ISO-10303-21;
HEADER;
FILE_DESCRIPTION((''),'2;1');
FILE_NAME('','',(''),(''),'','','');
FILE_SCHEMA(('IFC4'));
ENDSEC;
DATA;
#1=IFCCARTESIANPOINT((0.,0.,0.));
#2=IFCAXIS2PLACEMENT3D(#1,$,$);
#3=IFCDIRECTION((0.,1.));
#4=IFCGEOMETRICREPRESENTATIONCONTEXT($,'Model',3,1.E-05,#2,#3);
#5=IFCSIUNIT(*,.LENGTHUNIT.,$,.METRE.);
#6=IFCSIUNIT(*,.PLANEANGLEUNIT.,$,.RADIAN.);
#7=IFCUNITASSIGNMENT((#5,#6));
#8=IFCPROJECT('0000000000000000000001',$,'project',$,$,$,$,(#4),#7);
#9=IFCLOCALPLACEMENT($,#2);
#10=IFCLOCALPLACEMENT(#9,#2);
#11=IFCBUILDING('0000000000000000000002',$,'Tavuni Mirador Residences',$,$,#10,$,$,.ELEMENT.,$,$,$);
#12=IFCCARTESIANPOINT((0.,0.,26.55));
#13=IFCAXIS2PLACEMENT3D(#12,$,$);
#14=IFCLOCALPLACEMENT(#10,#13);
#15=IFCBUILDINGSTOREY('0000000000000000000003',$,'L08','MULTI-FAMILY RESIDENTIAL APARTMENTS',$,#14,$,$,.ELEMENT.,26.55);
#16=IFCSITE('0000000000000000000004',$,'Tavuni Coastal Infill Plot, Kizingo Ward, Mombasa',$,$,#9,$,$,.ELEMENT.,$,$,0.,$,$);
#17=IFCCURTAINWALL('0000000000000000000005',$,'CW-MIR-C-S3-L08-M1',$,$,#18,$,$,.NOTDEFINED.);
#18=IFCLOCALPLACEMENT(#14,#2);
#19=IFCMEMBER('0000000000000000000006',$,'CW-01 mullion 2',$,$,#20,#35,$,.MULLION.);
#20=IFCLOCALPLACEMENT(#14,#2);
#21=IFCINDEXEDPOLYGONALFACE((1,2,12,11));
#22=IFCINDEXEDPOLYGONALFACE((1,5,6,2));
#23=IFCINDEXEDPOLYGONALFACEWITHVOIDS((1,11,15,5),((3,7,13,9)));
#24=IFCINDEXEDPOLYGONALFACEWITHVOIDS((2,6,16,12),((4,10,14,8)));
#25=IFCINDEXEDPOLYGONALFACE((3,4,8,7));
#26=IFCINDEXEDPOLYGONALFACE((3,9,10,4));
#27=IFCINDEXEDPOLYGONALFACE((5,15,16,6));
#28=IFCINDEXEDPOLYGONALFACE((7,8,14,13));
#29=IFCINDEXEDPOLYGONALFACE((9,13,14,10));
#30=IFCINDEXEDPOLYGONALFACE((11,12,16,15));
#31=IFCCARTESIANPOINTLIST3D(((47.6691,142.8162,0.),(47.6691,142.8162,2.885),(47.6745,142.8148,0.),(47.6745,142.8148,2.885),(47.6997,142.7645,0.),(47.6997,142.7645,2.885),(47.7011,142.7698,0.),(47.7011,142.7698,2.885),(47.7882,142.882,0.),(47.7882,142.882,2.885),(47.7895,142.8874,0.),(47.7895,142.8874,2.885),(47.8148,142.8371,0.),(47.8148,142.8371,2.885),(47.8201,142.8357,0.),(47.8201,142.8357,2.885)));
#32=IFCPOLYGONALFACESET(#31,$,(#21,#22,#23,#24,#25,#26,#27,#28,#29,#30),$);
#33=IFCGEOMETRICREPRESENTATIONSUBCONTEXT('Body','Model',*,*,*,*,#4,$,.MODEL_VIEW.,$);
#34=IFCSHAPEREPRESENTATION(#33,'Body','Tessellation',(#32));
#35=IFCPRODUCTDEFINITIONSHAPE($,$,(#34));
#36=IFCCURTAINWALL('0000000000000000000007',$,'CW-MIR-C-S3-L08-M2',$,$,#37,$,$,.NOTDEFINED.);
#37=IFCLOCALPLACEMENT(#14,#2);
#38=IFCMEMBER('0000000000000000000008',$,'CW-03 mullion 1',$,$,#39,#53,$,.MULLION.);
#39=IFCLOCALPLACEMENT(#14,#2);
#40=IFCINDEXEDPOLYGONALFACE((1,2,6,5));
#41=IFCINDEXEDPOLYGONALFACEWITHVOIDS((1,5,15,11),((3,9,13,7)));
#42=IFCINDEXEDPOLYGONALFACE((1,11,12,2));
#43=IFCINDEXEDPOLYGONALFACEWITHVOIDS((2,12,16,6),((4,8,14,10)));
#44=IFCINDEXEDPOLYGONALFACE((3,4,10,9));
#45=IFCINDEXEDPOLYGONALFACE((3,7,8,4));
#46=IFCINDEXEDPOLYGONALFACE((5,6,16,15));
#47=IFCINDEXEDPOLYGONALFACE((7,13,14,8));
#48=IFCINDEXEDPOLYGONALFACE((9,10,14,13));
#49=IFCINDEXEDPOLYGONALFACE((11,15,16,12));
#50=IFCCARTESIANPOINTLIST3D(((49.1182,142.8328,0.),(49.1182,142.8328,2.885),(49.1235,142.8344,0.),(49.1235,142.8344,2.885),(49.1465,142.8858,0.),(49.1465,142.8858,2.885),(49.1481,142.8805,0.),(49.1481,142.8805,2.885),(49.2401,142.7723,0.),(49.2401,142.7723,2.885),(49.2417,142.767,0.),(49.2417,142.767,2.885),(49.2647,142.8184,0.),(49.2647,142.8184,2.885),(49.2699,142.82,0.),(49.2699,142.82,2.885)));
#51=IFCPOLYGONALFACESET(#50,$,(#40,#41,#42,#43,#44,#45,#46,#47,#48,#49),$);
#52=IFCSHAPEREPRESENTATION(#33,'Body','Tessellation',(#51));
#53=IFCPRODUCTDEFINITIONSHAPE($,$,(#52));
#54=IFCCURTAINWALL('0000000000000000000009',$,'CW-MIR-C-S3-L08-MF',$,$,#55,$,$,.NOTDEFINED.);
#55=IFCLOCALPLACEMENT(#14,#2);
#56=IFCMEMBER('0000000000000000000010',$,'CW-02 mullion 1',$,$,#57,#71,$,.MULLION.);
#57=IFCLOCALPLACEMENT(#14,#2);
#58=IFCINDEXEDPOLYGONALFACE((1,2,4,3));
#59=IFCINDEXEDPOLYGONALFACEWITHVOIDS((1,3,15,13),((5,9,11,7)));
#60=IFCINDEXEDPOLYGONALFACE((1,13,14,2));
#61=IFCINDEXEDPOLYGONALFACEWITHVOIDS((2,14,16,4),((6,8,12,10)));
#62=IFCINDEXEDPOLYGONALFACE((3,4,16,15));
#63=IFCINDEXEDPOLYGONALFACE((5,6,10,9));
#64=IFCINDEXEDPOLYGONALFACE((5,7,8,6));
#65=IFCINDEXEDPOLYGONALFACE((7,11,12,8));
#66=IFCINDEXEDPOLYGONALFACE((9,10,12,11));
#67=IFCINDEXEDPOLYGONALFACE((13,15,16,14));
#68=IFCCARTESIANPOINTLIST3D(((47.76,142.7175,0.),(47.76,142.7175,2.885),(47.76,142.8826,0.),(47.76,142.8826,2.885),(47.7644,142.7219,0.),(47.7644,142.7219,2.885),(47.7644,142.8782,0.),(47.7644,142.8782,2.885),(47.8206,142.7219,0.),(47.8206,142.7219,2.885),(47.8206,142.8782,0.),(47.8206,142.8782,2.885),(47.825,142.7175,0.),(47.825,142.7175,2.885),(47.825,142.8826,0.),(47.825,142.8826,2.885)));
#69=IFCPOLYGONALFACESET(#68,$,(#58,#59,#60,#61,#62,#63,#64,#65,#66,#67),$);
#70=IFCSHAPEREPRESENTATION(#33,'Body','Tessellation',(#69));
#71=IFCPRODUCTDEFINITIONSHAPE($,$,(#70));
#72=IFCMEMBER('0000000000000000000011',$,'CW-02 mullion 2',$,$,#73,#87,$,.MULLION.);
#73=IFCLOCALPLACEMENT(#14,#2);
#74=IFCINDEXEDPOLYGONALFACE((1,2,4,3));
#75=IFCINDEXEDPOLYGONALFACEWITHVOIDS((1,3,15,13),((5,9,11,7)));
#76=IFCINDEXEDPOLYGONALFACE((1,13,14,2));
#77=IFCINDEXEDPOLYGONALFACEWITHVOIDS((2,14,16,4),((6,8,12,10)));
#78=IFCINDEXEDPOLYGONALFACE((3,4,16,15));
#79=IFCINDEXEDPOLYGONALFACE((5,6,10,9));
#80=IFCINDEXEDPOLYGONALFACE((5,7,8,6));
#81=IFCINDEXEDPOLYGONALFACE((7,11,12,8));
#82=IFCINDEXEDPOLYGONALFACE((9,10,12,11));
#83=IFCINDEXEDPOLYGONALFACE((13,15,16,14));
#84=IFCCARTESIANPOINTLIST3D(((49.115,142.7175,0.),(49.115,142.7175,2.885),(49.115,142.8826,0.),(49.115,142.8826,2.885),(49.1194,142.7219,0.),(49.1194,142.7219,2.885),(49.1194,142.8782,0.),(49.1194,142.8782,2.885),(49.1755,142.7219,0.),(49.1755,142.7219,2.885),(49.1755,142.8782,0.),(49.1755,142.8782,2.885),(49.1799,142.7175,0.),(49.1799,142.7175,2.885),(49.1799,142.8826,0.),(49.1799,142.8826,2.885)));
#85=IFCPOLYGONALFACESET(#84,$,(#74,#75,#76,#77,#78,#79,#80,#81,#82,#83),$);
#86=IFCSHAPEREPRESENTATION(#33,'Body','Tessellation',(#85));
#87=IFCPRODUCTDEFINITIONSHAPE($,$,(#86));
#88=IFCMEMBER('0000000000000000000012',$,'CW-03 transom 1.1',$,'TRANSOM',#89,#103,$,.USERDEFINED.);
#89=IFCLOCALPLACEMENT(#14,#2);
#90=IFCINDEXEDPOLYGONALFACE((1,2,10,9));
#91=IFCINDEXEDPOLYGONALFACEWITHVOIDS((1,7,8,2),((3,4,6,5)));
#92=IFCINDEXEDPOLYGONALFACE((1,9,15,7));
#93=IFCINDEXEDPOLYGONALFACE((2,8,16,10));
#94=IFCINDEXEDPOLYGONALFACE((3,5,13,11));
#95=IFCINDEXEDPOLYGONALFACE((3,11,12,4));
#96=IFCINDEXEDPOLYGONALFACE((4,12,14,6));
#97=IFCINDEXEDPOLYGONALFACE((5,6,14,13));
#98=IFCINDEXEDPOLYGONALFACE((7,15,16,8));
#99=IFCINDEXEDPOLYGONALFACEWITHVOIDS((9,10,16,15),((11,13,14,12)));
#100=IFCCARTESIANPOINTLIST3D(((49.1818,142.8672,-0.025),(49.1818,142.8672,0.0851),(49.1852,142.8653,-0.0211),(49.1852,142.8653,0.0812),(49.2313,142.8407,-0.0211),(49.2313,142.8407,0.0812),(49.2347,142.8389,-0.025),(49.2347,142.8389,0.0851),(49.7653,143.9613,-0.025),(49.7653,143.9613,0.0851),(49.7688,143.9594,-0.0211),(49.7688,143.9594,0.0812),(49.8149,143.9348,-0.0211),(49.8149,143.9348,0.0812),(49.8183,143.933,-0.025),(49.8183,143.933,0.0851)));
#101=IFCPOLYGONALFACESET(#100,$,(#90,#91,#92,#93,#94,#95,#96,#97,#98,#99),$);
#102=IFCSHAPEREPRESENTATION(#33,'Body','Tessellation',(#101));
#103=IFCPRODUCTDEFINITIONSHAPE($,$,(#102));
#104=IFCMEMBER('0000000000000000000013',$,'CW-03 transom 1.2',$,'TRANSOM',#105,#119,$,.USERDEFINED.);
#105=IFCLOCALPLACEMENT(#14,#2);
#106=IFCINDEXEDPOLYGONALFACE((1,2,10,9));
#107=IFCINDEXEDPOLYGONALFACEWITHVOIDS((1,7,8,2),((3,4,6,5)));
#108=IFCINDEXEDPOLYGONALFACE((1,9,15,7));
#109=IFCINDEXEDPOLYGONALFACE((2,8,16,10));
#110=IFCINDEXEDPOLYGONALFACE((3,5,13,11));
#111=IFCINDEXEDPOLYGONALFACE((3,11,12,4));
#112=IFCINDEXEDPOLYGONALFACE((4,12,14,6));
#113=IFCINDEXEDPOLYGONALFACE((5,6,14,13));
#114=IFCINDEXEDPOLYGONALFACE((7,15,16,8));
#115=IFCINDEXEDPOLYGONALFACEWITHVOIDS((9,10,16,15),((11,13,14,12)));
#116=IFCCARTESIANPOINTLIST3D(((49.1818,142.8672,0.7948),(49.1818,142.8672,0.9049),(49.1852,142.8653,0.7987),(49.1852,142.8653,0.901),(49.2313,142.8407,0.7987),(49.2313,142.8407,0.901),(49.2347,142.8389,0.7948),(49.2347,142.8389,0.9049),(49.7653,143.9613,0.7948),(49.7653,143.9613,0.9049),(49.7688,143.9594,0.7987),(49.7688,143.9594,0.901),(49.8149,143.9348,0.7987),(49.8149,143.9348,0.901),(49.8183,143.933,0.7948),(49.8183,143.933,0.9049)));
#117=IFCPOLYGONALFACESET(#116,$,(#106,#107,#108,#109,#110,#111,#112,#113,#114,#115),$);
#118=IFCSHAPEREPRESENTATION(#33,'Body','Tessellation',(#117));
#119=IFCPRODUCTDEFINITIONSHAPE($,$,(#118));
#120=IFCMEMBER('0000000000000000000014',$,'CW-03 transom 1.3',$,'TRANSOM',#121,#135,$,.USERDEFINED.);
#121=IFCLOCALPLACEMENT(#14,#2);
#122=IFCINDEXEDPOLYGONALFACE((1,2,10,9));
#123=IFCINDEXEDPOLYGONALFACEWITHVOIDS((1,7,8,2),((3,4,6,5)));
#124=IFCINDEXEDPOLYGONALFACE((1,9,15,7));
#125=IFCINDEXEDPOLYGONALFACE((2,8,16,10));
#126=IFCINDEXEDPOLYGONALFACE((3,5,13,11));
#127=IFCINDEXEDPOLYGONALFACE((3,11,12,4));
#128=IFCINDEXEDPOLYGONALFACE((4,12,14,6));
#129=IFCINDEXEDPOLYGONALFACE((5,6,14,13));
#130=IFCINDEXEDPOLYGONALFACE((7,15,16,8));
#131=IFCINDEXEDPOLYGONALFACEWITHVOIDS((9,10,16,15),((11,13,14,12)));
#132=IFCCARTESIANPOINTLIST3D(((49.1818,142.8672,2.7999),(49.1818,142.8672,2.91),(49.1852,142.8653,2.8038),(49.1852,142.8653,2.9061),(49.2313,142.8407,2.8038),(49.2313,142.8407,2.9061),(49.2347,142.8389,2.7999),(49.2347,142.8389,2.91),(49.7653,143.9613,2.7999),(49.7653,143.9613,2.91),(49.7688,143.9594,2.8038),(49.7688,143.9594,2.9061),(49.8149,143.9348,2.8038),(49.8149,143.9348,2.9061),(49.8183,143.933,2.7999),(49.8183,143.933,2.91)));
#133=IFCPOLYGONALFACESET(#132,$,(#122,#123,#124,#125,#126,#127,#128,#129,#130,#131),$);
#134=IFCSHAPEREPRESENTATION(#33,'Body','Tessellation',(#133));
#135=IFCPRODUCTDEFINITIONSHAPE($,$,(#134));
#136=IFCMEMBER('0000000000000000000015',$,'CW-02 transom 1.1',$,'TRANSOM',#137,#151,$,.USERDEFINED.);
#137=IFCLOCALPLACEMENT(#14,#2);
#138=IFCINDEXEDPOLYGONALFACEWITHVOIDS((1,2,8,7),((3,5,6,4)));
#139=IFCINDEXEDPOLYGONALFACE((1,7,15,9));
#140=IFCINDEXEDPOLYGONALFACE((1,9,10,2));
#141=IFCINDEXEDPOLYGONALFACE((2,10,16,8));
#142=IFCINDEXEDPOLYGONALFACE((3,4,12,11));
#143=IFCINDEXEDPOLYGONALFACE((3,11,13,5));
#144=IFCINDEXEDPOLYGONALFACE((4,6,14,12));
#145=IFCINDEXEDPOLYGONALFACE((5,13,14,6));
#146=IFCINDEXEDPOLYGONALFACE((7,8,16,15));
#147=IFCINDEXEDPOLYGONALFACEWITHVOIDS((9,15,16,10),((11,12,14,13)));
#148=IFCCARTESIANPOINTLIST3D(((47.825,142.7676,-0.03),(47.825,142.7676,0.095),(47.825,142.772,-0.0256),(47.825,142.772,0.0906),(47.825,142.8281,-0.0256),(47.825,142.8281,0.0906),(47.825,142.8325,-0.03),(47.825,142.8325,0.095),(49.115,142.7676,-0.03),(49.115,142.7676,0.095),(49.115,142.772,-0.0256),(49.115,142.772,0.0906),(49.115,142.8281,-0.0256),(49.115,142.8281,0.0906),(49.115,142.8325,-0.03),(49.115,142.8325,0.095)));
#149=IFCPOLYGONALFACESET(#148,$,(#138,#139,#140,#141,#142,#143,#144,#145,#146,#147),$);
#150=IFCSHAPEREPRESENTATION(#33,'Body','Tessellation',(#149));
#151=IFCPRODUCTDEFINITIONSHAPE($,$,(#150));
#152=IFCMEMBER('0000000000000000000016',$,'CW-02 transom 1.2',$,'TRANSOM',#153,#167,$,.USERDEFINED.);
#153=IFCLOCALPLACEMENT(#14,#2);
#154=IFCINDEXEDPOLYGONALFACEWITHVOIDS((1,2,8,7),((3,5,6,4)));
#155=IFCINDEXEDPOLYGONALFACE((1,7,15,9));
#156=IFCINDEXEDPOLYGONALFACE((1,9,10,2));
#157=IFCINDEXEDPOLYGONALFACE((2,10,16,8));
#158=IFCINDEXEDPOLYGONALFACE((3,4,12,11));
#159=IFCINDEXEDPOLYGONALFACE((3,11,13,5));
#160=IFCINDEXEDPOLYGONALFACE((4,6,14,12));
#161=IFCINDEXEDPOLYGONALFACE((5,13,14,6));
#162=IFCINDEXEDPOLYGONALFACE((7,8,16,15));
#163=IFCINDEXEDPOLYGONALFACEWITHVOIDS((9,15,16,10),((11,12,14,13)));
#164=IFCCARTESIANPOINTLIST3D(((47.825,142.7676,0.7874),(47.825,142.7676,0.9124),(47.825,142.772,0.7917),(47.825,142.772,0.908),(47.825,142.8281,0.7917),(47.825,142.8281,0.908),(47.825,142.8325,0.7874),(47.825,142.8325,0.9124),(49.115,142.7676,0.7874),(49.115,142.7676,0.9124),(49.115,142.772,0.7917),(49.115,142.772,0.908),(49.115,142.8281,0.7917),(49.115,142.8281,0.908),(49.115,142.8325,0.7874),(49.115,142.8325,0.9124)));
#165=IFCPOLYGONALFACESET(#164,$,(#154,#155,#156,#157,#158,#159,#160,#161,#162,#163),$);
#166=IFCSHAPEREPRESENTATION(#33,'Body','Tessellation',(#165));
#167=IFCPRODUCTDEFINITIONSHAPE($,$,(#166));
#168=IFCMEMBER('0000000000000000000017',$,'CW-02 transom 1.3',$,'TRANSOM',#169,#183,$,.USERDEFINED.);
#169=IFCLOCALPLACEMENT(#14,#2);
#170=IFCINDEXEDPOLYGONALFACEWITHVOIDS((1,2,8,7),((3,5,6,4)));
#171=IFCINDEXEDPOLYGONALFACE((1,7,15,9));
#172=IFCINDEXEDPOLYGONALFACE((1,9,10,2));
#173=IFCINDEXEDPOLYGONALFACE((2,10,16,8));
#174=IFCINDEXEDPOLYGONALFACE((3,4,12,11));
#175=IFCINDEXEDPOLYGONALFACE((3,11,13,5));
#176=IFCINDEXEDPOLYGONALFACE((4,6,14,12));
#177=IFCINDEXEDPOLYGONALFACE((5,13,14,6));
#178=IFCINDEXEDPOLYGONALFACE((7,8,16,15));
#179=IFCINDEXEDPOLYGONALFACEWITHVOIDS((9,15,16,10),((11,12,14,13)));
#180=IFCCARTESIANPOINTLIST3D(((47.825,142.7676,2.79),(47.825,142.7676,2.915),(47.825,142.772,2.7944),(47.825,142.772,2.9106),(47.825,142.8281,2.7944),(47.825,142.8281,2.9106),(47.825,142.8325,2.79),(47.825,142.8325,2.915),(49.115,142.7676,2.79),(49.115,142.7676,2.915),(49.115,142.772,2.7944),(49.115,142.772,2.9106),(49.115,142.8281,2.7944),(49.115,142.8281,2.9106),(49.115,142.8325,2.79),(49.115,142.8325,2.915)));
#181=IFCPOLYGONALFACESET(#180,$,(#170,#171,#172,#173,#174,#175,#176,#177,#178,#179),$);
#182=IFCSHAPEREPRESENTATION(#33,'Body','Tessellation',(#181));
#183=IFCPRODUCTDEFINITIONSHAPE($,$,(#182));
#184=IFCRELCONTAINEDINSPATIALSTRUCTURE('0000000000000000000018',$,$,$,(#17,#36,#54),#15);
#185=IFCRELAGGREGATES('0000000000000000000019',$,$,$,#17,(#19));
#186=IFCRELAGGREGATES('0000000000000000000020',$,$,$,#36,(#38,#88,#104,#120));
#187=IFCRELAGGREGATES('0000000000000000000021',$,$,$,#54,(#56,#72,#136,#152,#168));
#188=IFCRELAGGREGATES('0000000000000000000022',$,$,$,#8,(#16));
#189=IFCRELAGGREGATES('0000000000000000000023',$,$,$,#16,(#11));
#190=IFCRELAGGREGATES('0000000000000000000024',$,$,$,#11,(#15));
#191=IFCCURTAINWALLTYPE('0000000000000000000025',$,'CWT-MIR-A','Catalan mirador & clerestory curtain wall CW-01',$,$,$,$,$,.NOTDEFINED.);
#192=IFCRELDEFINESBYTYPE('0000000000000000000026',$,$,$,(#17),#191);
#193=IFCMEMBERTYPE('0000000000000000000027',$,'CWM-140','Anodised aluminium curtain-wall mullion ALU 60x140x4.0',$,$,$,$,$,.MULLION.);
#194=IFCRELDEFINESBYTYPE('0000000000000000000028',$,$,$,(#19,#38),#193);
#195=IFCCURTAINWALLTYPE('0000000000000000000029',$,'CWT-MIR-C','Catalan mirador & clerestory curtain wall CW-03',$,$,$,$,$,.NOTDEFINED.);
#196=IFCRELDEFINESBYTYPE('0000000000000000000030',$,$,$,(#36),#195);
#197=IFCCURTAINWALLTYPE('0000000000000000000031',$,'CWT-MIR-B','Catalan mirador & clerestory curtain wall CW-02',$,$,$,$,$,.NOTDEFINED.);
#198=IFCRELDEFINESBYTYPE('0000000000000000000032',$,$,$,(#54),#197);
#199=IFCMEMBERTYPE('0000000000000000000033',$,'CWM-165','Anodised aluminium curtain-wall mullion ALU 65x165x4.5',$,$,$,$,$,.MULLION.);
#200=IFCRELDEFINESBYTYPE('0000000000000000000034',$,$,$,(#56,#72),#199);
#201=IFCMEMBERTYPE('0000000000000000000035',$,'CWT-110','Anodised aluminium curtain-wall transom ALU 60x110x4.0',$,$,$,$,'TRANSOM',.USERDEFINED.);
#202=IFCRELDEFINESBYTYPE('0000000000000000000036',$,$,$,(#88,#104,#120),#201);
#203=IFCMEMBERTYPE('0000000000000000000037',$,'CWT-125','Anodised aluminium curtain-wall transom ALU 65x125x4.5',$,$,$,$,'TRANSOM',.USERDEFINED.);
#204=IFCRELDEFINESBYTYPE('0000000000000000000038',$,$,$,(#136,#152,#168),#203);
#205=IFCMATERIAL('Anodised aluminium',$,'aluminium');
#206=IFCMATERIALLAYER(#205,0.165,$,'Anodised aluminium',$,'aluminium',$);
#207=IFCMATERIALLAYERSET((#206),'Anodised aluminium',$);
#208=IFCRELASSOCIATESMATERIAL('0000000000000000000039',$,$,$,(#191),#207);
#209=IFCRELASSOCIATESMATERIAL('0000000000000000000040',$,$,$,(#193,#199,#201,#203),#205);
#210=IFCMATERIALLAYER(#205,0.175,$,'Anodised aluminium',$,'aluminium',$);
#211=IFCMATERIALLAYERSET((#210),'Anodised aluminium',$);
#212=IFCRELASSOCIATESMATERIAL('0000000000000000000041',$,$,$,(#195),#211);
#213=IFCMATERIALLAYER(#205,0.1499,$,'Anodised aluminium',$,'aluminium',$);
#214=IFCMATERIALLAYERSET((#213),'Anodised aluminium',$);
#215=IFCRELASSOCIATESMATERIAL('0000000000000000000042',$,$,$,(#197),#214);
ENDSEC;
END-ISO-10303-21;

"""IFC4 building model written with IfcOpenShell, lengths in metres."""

from ifc_helpers import new_model, si_unit, direction, frame, origin, origin_2d, place, context, subcontext, project, spatial, hollow_rectangle, extrude, material, layer, layer_set, material_profile, profile_set, type_object, element, aggregate, save


model = new_model("IFC4")

# Units and contexts
model_context = context("Model", 3, precision=1e-05, world=origin(), true_north=direction((0.0, 1.0)))
body_context = subcontext(model_context, "Body", "Model", "MODEL_VIEW")
ifc_project = project(units=[si_unit("LENGTHUNIT", "METRE"), si_unit("PLANEANGLEUNIT", "RADIAN")], contexts=[model_context])

# Site, building, storey
site_placement = place(None, origin())
site = spatial("IfcSite", under=ifc_project, at=site_placement, Name="Tavuni Coastal Infill Plot, Kizingo Ward, Mombasa", CompositionType="ELEMENT", RefElevation=0.0)
building_placement = place(site_placement, origin())
building = spatial("IfcBuilding", under=site, at=building_placement, Name="Tavuni Mirador Residences", CompositionType="ELEMENT")
storey_placement = place(building_placement, frame((0.0, 0.0, 26.55)))
storey = spatial("IfcBuildingStorey", under=building, at=storey_placement, Name="L08", Description="MULTI-FAMILY RESIDENTIAL APARTMENTS", CompositionType="ELEMENT", Elevation=26.55)

# Curtain walls, members
ifc_material_1 = material(Name="Anodised aluminium", Category="aluminium")
ifc_layer_1 = layer(ifc_material_1, 0.165, Name="Anodised aluminium", Category="aluminium")
ifc_layer_set_1 = layer_set([ifc_layer_1], Name="Anodised aluminium")
curtain_wall_type_1 = type_object("IfcCurtainWallType", Name="CWT-MIR-A", Description="Catalan mirador & clerestory curtain wall CW-01", PredefinedType="NOTDEFINED", material=ifc_layer_set_1)
curtain_wall_1_placement = place(storey_placement, origin())
curtain_wall_1 = element("IfcCurtainWall", 1, at=curtain_wall_1_placement, inside=storey, type_object=curtain_wall_type_1, Name="CW-MIR-C-S3-L08-M1", PredefinedType="NOTDEFINED")
ifc_material_profile_1 = material_profile(ifc_material_1, hollow_rectangle(XDim=0.0601, YDim=0.1399, WallThickness=0.0039, at=origin_2d()), Name="ALU 60x140x4.0", Category="aluminium")
ifc_profile_set_1 = profile_set([ifc_material_profile_1], Name="Anodised aluminium")
member_type_1 = type_object("IfcMemberType", Name="CWM-140", Description="Anodised aluminium curtain-wall mullion ALU 60x140x4.0", PredefinedType="MULLION", material=ifc_profile_set_1)
member_1_placement = place(storey_placement, frame((47.7446, 142.8259, 0.0), z_axis=(0.0, 0.0, 1.0), x_axis=(0.509212, -0.860641, 0.0)))
member_1 = element("IfcMember", 2, at=member_1_placement, type_object=member_type_1, Name="CW-01 mullion 2", PredefinedType="MULLION", context=body_context, shape_type="SweptSolid", body=[
    extrude(hollow_rectangle(XDim=0.0601, YDim=0.1399, WallThickness=0.0039, at=origin_2d()), origin(), (0.0, 0.0, 1.0), 2.885),
])
ifc_layer_2 = layer(ifc_material_1, 0.175, Name="Anodised aluminium", Category="aluminium")
ifc_layer_set_2 = layer_set([ifc_layer_2], Name="Anodised aluminium")
curtain_wall_type_2 = type_object("IfcCurtainWallType", Name="CWT-MIR-C", Description="Catalan mirador & clerestory curtain wall CW-03", PredefinedType="NOTDEFINED", material=ifc_layer_set_2)
curtain_wall_2_placement = place(storey_placement, origin())
curtain_wall_2 = element("IfcCurtainWall", 3, at=curtain_wall_2_placement, inside=storey, type_object=curtain_wall_type_2, Name="CW-MIR-C-S3-L08-M2", PredefinedType="NOTDEFINED")
member_2_placement = place(storey_placement, frame((49.1941, 142.8264, 0.0), z_axis=(0.0, 0.0, 1.0), x_axis=(0.470588, 0.882353, 0.0)))
member_2 = element("IfcMember", 4, at=member_2_placement, type_object=member_type_1, Name="CW-03 mullion 1", PredefinedType="MULLION", context=body_context, shape_type="SweptSolid", body=[
    extrude(hollow_rectangle(XDim=0.0601, YDim=0.1399, WallThickness=0.0039, at=origin_2d()), origin(), (0.0, 0.0, 1.0), 2.885),
])

# Curtain wall, members
ifc_layer_3 = layer(ifc_material_1, 0.1499, Name="Anodised aluminium", Category="aluminium")
ifc_layer_set_3 = layer_set([ifc_layer_3], Name="Anodised aluminium")
curtain_wall_type_3 = type_object("IfcCurtainWallType", Name="CWT-MIR-B", Description="Catalan mirador & clerestory curtain wall CW-02", PredefinedType="NOTDEFINED", material=ifc_layer_set_3)
curtain_wall_3_placement = place(storey_placement, origin())
curtain_wall_3 = element("IfcCurtainWall", 5, at=curtain_wall_3_placement, inside=storey, type_object=curtain_wall_type_3, Name="CW-MIR-C-S3-L08-MF", PredefinedType="NOTDEFINED")
ifc_material_profile_2 = material_profile(ifc_material_1, hollow_rectangle(XDim=0.0649, YDim=0.165, WallThickness=0.0044, at=origin_2d()), Name="ALU 65x165x4.5", Category="aluminium")
ifc_profile_set_2 = profile_set([ifc_material_profile_2], Name="Anodised aluminium")
member_type_2 = type_object("IfcMemberType", Name="CWM-165", Description="Anodised aluminium curtain-wall mullion ALU 65x165x4.5", PredefinedType="MULLION", material=ifc_profile_set_2)
member_3_placement = place(storey_placement, frame((47.7925, 142.8, 0.0), z_axis=(0.0, 0.0, 1.0), x_axis=(1.0, 0.0, 0.0)))
member_3 = element("IfcMember", 6, at=member_3_placement, type_object=member_type_2, Name="CW-02 mullion 1", PredefinedType="MULLION", context=body_context, shape_type="SweptSolid", body=[
    extrude(hollow_rectangle(XDim=0.0649, YDim=0.165, WallThickness=0.0044, at=origin_2d()), origin(), (0.0, 0.0, 1.0), 2.885),
])
member_4_placement = place(storey_placement, frame((49.1475, 142.8, 0.0), z_axis=(0.0, 0.0, 1.0), x_axis=(1.0, 0.0, 0.0)))
member_4 = element("IfcMember", 7, at=member_4_placement, type_object=member_type_2, Name="CW-02 mullion 2", PredefinedType="MULLION", context=body_context, shape_type="SweptSolid", body=[
    extrude(hollow_rectangle(XDim=0.0649, YDim=0.165, WallThickness=0.0044, at=origin_2d()), origin(), (0.0, 0.0, 1.0), 2.885),
])

# Members
ifc_material_profile_3 = material_profile(ifc_material_1, hollow_rectangle(XDim=0.0601, YDim=0.1101, WallThickness=0.0039, at=origin_2d()), Name="ALU 60x110x4.0", Category="aluminium")
ifc_profile_set_3 = profile_set([ifc_material_profile_3], Name="Anodised aluminium")
member_type_3 = type_object("IfcMemberType", Name="CWT-110", Description="Anodised aluminium curtain-wall transom ALU 60x110x4.0", ElementType="TRANSOM", PredefinedType="USERDEFINED", material=ifc_profile_set_3)
member_5_placement = place(storey_placement, frame((49.2083, 142.853, 0.03), z_axis=(0.470609, 0.882342, 0.0), x_axis=(-0.882342, 0.470609, 0.0)))
member_5 = element("IfcMember", 8, at=member_5_placement, type_object=member_type_3, Name="CW-03 transom 1.1", ObjectType="TRANSOM", PredefinedType="USERDEFINED", context=body_context, shape_type="SweptSolid", body=[
    extrude(hollow_rectangle(XDim=0.0601, YDim=0.1101, WallThickness=0.0039, at=origin_2d()), origin(), (0.0, 0.0, 1.0), 1.24),
])
member_6_placement = place(storey_placement, frame((49.2083, 142.853, 0.8499), z_axis=(0.470609, 0.882342, 0.0), x_axis=(-0.882342, 0.470609, 0.0)))
member_6 = element("IfcMember", 9, at=member_6_placement, type_object=member_type_3, Name="CW-03 transom 1.2", ObjectType="TRANSOM", PredefinedType="USERDEFINED", context=body_context, shape_type="SweptSolid", body=[
    extrude(hollow_rectangle(XDim=0.0601, YDim=0.1101, WallThickness=0.0039, at=origin_2d()), origin(), (0.0, 0.0, 1.0), 1.24),
])
member_7_placement = place(storey_placement, frame((49.2083, 142.853, 2.855), z_axis=(0.470609, 0.882342, 0.0), x_axis=(-0.882342, 0.470609, 0.0)))
member_7 = element("IfcMember", 10, at=member_7_placement, type_object=member_type_3, Name="CW-03 transom 1.3", ObjectType="TRANSOM", PredefinedType="USERDEFINED", context=body_context, shape_type="SweptSolid", body=[
    extrude(hollow_rectangle(XDim=0.0601, YDim=0.1101, WallThickness=0.0039, at=origin_2d()), origin(), (0.0, 0.0, 1.0), 1.24),
])
ifc_material_profile_4 = material_profile(ifc_material_1, hollow_rectangle(XDim=0.0649, YDim=0.125, WallThickness=0.0044, at=origin_2d()), Name="ALU 65x125x4.5", Category="aluminium")
ifc_profile_set_4 = profile_set([ifc_material_profile_4], Name="Anodised aluminium")
member_type_4 = type_object("IfcMemberType", Name="CWT-125", Description="Anodised aluminium curtain-wall transom ALU 65x125x4.5", ElementType="TRANSOM", PredefinedType="USERDEFINED", material=ifc_profile_set_4)
member_8_placement = place(storey_placement, frame((47.825, 142.8, 0.0325), z_axis=(1.0, 0.0, 0.0), x_axis=(0.0, 1.0, 0.0)))
member_8 = element("IfcMember", 11, at=member_8_placement, type_object=member_type_4, Name="CW-02 transom 1.1", ObjectType="TRANSOM", PredefinedType="USERDEFINED", context=body_context, shape_type="SweptSolid", body=[
    extrude(hollow_rectangle(XDim=0.0649, YDim=0.125, WallThickness=0.0044, at=origin_2d()), origin(), (0.0, 0.0, 1.0), 1.29),
])
member_9_placement = place(storey_placement, frame((47.825, 142.8, 0.8499), z_axis=(1.0, 0.0, 0.0), x_axis=(0.0, 1.0, 0.0)))
member_9 = element("IfcMember", 12, at=member_9_placement, type_object=member_type_4, Name="CW-02 transom 1.2", ObjectType="TRANSOM", PredefinedType="USERDEFINED", context=body_context, shape_type="SweptSolid", body=[
    extrude(hollow_rectangle(XDim=0.0649, YDim=0.125, WallThickness=0.0044, at=origin_2d()), origin(), (0.0, 0.0, 1.0), 1.29),
])
member_10_placement = place(storey_placement, frame((47.825, 142.8, 2.8525), z_axis=(1.0, 0.0, 0.0), x_axis=(0.0, 1.0, 0.0)))
member_10 = element("IfcMember", 13, at=member_10_placement, type_object=member_type_4, Name="CW-02 transom 1.3", ObjectType="TRANSOM", PredefinedType="USERDEFINED", context=body_context, shape_type="SweptSolid", body=[
    extrude(hollow_rectangle(XDim=0.0649, YDim=0.125, WallThickness=0.0044, at=origin_2d()), origin(), (0.0, 0.0, 1.0), 1.29),
])

aggregate(curtain_wall_1, [member_1])
aggregate(curtain_wall_2, [member_2, member_5, member_6, member_7])
aggregate(curtain_wall_3, [member_3, member_4, member_8, member_9, member_10])

save(model, "model.ifc")
